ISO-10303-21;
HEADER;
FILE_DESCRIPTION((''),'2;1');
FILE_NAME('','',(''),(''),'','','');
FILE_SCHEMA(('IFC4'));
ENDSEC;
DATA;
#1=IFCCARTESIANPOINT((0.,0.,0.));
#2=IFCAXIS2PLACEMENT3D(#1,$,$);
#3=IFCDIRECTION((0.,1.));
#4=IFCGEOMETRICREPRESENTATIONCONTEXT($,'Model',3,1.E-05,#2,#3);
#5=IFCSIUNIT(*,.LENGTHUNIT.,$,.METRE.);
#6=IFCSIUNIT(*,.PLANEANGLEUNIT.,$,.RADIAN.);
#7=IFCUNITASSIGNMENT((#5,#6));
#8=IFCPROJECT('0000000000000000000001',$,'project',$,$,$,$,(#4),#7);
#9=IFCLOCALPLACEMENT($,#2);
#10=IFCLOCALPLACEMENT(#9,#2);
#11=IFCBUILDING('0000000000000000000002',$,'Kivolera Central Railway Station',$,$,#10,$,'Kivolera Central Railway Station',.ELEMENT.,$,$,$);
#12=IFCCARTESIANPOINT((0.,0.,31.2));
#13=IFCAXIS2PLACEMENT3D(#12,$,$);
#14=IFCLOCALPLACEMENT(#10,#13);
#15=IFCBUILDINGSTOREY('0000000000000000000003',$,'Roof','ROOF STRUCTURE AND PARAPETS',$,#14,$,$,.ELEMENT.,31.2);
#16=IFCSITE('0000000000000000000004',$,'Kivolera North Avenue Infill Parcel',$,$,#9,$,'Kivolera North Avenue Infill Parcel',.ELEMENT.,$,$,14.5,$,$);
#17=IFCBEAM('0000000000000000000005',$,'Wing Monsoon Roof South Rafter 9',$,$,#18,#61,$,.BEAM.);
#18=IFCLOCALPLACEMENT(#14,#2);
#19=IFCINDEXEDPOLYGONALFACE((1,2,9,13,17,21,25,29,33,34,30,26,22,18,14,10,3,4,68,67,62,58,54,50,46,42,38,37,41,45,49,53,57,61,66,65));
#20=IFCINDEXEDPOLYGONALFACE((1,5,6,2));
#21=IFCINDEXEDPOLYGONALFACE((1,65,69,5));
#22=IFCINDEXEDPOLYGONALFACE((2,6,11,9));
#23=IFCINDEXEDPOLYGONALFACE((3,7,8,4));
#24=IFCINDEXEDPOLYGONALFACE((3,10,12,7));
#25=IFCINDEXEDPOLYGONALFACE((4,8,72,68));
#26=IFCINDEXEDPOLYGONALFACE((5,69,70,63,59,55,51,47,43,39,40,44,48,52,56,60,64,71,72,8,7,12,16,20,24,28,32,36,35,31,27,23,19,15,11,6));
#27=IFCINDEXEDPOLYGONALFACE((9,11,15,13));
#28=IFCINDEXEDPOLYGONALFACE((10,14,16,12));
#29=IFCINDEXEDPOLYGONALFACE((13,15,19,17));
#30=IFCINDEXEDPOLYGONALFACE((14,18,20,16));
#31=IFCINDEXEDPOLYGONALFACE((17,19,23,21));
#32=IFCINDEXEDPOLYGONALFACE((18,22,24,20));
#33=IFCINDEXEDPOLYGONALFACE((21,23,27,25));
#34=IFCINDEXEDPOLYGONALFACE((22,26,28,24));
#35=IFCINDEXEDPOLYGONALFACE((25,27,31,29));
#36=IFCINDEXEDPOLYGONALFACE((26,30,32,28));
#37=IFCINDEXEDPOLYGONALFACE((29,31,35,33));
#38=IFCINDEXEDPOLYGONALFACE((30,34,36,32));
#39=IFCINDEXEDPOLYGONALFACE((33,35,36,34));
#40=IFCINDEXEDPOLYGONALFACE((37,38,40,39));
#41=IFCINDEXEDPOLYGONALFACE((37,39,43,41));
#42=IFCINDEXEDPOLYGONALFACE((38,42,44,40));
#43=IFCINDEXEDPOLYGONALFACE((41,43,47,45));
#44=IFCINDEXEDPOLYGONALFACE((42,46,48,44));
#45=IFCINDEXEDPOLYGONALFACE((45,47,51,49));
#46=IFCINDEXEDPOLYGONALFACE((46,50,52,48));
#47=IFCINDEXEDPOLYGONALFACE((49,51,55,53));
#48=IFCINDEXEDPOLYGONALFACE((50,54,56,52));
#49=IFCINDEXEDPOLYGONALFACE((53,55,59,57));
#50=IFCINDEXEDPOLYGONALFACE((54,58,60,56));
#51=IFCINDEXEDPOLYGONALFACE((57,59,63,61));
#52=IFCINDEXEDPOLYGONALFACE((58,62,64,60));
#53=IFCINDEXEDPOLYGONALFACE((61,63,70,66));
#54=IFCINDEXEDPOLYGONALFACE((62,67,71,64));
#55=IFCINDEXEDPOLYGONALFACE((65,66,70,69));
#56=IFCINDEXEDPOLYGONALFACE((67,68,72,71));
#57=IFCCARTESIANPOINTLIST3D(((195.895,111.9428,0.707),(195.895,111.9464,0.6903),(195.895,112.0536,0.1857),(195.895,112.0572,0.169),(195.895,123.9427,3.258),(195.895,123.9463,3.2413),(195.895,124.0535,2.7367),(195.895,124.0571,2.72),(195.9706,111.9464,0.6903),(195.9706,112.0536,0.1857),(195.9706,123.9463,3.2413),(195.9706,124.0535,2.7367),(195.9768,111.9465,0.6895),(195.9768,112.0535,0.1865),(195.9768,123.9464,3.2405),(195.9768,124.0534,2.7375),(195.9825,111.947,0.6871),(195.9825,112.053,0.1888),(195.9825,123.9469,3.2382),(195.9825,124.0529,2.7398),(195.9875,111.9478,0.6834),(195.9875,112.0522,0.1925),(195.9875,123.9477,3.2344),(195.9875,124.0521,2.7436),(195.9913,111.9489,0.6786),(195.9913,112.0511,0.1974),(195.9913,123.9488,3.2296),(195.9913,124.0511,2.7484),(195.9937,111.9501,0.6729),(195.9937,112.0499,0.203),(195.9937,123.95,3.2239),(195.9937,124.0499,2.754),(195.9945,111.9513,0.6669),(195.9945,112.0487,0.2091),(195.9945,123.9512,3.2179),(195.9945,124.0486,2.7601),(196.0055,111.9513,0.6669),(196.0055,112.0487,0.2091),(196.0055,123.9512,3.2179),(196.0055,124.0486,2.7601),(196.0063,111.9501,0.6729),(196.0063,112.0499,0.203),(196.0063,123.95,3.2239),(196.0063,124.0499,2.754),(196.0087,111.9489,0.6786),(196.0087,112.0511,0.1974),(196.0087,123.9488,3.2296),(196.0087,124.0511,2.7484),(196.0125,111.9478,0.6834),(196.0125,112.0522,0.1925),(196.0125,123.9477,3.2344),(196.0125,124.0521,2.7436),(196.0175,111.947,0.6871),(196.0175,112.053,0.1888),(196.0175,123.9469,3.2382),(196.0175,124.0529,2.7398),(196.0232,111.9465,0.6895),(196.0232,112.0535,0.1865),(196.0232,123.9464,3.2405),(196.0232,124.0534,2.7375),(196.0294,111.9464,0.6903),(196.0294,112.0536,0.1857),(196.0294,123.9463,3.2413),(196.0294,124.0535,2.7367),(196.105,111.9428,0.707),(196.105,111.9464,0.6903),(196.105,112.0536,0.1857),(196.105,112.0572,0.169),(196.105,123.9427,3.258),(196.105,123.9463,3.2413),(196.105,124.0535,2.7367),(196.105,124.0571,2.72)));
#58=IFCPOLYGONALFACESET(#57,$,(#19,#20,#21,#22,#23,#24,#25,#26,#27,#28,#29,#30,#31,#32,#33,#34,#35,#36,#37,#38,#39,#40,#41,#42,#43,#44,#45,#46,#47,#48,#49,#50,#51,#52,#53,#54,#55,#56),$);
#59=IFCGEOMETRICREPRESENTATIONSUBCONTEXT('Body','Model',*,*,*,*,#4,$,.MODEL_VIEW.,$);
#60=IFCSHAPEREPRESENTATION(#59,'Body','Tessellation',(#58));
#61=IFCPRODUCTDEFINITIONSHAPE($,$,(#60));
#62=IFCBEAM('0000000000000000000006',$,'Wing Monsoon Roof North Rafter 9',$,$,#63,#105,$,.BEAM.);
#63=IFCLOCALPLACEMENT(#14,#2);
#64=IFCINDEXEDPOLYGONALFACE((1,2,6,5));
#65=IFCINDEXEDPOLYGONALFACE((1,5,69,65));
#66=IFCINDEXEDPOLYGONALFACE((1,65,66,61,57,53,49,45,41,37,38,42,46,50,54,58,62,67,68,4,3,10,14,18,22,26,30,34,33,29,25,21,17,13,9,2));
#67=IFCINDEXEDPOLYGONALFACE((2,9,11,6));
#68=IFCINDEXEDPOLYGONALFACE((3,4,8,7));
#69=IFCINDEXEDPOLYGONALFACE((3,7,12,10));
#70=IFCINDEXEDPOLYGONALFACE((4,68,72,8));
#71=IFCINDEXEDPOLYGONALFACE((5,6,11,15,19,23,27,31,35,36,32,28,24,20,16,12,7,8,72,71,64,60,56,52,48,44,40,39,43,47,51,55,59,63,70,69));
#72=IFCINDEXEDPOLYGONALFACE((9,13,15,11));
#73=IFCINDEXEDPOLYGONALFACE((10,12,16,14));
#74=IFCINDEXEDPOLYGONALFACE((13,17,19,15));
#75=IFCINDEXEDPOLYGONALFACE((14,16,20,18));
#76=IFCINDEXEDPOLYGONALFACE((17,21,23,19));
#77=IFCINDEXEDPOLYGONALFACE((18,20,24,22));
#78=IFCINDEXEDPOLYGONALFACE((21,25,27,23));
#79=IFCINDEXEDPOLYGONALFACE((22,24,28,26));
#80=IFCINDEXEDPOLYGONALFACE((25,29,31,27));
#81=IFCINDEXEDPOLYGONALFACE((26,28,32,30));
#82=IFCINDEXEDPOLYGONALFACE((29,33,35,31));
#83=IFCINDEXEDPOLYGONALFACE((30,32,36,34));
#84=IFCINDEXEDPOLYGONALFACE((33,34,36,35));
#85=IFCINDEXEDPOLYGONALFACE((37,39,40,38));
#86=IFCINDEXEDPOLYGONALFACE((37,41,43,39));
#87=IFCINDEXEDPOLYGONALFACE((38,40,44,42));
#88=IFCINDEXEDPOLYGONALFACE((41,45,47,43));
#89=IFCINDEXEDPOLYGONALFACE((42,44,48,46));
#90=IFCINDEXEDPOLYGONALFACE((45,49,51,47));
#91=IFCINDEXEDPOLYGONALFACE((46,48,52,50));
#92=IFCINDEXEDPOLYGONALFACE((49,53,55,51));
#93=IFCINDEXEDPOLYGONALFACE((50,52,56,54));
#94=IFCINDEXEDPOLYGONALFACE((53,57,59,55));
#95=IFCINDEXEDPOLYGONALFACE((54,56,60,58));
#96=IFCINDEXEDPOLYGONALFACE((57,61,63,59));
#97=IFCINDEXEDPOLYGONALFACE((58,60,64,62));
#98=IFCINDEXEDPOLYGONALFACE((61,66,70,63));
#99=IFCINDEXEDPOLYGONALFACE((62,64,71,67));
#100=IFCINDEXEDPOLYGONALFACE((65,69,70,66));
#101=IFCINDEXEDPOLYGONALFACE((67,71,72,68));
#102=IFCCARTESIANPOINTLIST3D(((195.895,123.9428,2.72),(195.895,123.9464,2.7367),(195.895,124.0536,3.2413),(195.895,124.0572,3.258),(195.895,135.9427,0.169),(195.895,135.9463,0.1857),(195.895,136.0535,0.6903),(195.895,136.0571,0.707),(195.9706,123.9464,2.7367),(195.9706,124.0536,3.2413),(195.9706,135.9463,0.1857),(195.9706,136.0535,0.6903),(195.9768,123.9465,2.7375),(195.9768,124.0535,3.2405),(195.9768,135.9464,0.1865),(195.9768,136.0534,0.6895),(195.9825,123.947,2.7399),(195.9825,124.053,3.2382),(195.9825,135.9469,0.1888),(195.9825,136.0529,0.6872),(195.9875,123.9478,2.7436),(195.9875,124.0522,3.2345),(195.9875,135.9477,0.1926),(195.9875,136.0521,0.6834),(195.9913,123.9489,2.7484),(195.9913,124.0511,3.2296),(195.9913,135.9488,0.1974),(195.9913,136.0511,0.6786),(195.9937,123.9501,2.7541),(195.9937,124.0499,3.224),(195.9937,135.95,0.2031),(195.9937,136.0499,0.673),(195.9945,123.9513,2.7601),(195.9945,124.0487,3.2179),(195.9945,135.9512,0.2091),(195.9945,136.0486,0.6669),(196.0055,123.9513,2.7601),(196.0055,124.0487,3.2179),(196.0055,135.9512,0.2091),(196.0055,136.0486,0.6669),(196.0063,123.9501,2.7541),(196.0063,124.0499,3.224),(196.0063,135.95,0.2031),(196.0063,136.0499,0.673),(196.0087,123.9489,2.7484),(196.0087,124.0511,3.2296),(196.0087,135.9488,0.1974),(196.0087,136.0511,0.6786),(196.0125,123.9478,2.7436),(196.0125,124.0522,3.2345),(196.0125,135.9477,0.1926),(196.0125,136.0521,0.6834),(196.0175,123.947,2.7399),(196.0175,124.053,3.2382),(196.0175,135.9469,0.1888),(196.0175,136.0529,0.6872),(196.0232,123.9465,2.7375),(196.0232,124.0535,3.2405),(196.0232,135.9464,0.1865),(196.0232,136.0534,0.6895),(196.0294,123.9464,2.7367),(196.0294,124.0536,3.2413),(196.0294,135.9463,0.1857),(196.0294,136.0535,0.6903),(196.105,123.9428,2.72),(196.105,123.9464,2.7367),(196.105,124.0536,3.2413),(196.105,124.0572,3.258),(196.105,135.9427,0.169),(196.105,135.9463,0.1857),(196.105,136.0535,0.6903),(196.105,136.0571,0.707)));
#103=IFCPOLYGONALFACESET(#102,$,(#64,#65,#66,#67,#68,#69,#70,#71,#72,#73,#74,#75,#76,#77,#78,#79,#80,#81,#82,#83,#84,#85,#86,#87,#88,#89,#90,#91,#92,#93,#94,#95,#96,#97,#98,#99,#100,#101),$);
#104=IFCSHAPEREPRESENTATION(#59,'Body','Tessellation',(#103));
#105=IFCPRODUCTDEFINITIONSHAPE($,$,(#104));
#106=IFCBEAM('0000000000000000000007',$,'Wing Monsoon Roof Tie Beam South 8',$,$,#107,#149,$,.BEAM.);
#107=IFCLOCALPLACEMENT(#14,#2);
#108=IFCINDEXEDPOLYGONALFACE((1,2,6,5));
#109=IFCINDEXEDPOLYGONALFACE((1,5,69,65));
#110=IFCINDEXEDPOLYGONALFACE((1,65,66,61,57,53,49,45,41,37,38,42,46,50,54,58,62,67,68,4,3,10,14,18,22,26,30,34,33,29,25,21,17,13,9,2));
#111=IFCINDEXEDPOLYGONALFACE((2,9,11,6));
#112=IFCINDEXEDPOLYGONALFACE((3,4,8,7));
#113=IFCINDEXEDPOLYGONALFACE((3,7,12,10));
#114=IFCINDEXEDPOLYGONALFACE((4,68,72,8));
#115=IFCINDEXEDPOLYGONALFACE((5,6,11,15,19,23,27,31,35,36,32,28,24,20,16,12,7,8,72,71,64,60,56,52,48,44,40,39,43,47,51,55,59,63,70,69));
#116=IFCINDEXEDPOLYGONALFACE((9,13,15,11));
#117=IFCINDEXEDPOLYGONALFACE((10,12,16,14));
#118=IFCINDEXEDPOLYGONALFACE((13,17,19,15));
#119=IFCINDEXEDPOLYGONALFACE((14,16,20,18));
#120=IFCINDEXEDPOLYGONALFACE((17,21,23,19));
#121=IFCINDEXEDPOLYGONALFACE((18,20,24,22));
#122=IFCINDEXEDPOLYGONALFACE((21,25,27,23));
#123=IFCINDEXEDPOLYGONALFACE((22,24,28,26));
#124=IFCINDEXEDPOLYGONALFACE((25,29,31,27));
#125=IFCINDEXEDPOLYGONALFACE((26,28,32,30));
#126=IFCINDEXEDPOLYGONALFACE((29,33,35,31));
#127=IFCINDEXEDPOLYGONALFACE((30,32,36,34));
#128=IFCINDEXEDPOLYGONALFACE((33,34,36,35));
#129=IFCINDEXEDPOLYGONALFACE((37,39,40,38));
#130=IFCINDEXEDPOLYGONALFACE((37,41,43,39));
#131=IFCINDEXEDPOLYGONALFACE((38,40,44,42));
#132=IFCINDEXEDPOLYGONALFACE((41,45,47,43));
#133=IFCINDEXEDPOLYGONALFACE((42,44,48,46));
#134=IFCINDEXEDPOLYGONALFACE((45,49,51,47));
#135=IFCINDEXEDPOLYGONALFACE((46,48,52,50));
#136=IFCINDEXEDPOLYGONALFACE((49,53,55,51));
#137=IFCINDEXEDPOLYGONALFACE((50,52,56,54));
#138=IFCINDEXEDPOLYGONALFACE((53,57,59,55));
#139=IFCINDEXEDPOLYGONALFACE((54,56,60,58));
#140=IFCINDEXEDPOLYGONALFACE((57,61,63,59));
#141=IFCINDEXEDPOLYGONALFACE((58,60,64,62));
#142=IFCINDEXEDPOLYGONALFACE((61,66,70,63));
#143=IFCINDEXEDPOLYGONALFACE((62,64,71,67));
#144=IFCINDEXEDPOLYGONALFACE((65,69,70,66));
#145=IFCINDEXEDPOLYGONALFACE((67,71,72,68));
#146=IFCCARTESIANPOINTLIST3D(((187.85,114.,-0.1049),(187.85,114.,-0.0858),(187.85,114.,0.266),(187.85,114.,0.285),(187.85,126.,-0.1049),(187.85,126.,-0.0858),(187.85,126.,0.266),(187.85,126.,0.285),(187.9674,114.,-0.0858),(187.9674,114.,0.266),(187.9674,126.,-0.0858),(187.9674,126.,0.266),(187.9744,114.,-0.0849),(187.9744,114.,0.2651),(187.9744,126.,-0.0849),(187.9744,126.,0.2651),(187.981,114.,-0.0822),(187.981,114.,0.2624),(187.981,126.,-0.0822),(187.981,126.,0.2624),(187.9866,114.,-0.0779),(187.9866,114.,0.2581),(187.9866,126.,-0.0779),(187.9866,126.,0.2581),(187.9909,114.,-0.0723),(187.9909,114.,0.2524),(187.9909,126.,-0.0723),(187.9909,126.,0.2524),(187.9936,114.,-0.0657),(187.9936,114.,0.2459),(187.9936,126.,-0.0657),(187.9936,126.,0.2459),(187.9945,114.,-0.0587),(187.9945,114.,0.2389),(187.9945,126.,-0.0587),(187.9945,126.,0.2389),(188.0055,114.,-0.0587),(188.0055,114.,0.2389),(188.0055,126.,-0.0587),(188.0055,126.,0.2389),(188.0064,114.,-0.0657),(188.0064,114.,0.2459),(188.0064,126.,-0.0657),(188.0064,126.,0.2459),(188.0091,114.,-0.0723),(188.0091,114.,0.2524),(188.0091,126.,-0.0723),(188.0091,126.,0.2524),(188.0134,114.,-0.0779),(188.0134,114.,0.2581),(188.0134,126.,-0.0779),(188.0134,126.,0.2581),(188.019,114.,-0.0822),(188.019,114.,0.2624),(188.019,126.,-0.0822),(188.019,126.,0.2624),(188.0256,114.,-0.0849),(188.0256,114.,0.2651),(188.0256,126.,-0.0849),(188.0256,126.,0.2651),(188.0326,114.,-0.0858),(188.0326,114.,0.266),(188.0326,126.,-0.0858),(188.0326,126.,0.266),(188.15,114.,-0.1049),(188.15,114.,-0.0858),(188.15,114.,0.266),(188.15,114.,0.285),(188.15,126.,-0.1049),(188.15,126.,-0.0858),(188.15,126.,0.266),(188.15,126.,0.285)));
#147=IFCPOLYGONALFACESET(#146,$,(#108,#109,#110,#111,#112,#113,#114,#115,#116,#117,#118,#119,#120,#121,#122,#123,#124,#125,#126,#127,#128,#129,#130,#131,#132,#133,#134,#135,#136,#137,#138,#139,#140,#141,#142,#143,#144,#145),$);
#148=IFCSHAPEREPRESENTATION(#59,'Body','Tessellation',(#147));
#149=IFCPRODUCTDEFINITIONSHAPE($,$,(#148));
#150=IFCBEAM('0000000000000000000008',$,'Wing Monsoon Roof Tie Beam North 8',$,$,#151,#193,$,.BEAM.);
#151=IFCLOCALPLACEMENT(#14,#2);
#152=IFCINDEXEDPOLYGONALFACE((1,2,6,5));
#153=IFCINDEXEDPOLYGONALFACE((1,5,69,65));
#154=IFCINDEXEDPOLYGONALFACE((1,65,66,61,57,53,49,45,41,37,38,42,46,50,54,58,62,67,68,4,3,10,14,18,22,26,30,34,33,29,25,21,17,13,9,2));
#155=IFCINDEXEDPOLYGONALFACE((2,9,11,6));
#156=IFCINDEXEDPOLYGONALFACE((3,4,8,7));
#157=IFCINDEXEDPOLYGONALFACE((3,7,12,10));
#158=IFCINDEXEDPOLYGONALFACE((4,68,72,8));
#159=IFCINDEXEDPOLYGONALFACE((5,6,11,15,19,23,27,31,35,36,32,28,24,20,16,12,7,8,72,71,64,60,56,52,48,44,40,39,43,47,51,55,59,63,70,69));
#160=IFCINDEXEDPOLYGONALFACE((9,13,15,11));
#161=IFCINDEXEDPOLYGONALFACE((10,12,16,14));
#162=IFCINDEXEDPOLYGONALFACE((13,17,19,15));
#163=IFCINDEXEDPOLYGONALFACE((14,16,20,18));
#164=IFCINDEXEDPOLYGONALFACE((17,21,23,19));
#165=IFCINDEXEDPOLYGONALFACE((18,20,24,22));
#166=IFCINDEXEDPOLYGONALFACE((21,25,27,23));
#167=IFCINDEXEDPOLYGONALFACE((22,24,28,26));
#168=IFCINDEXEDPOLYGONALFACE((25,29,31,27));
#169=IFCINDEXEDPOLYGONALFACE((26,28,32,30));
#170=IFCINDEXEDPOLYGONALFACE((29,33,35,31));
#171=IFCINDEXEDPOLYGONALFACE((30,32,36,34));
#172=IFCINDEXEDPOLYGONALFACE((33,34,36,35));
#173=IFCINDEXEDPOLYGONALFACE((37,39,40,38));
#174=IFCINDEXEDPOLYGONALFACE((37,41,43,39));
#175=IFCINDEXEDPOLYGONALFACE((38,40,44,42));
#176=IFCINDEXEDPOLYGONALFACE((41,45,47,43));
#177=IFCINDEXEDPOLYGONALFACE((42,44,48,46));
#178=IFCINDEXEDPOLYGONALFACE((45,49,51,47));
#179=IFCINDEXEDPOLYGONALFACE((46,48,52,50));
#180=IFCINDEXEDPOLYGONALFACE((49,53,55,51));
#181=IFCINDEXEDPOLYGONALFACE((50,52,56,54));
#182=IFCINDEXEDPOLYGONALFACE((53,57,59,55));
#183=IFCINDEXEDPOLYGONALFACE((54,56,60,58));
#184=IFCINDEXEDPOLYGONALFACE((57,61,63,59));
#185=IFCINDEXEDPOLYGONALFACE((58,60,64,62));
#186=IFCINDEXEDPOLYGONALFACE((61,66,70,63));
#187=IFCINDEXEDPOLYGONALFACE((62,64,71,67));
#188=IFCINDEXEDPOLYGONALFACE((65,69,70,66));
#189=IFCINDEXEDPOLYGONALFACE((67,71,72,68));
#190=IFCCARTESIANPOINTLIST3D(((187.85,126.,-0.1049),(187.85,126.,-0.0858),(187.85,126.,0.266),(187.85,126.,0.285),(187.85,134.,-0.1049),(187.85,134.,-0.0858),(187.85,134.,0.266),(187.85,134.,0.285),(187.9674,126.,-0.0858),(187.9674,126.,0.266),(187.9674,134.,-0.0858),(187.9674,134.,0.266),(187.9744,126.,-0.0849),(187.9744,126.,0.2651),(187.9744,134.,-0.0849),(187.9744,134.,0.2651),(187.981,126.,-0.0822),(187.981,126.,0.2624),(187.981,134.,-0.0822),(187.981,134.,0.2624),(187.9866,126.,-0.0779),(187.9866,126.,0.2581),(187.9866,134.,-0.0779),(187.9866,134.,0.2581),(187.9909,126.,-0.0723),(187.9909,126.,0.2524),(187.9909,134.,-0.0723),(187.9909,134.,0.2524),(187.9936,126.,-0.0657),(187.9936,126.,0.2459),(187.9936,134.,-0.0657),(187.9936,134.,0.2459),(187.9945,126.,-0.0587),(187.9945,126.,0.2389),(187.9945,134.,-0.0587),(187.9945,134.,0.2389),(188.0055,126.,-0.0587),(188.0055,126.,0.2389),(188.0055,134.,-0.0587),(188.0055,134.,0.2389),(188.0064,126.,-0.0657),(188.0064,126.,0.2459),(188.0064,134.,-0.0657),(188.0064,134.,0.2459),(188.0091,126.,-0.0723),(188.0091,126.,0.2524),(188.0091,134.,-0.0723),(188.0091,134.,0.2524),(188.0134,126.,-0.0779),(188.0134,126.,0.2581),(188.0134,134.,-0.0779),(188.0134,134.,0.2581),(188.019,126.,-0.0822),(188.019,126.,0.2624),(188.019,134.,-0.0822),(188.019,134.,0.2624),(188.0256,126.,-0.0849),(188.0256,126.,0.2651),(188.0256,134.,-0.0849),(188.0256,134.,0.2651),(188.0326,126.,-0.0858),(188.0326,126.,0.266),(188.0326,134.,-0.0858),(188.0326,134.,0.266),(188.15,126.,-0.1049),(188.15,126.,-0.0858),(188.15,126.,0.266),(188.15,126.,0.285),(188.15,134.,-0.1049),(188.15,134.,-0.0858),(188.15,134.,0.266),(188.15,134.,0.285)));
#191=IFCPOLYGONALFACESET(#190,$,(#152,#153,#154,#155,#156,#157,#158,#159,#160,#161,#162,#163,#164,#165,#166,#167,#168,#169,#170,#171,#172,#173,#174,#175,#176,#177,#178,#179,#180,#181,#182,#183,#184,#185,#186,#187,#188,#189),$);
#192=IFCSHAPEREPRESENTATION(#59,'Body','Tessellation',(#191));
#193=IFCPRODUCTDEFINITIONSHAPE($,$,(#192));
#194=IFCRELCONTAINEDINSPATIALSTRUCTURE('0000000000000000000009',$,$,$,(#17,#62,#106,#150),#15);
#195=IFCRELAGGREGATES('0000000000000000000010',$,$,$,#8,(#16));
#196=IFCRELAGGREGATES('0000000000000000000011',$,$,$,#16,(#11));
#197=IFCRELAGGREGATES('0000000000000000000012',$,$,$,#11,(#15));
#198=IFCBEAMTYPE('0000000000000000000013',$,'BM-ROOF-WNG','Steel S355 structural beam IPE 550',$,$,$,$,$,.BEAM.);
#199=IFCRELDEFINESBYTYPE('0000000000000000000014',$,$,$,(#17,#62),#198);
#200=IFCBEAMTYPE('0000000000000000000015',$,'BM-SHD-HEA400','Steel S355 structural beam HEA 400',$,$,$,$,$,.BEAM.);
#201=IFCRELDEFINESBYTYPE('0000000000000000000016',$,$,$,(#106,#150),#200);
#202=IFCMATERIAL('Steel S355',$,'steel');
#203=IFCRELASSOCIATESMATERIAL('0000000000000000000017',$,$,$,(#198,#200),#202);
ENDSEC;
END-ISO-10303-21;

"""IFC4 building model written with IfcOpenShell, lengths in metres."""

from ifc_helpers import new_model, si_unit, direction, frame, origin, origin_2d, place, context, subcontext, project, spatial, i_section, extrude, material, material_profile, profile_set, type_object, element, save


model = new_model("IFC4")

# Units and contexts
model_context = context("Model", 3, precision=1e-05, world=origin(), true_north=direction((0.0, 1.0)))
body_context = subcontext(model_context, "Body", "Model", "MODEL_VIEW")
ifc_project = project(units=[si_unit("LENGTHUNIT", "METRE"), si_unit("PLANEANGLEUNIT", "RADIAN")], contexts=[model_context])

# Site, building, storey
site_placement = place(None, origin())
site = spatial("IfcSite", under=ifc_project, at=site_placement, Name="Kivolera North Avenue Infill Parcel", LongName="Kivolera North Avenue Infill Parcel", CompositionType="ELEMENT", RefElevation=14.5)
building_placement = place(site_placement, origin())
building = spatial("IfcBuilding", under=site, at=building_placement, Name="Kivolera Central Railway Station", LongName="Kivolera Central Railway Station", CompositionType="ELEMENT")
storey_placement = place(building_placement, frame((0.0, 0.0, 31.2)))
storey = spatial("IfcBuildingStorey", under=building, at=storey_placement, Name="Roof", Description="ROOF STRUCTURE AND PARAPETS", CompositionType="ELEMENT", Elevation=31.2)

# Beams
ifc_material_1 = material(Name="Steel S355", Category="steel")
ifc_material_profile_1 = material_profile(ifc_material_1, i_section(OverallWidth=0.21, OverallDepth=0.55, WebThickness=0.011, FlangeThickness=0.0171, FilletRadius=0.0239, at=origin_2d()), Name="IPE 550")
ifc_profile_set_1 = profile_set([ifc_material_profile_1], Name="Steel S355")
beam_type_1 = type_object("IfcBeamType", Name="BM-ROOF-WNG", Description="Steel S355 structural beam IPE 550", PredefinedType="BEAM", material=ifc_profile_set_1)
for number, where, z_axis, x_axis, name in (
    (1, (196.0, 112.0, 0.438), (0.0, 0.978142, 0.207939), (-1.0, 0.0, 0.0), "Wing Monsoon Roof South Rafter 9"),
    (2, (196.0, 124.0, 2.989), (0.0, 0.978142, -0.207939), (-1.0, 0.0, 0.0), "Wing Monsoon Roof North Rafter 9"),
):
    element("IfcBeam", number, at=place(storey_placement, frame(where, z_axis=z_axis, x_axis=x_axis)), inside=storey, type_object=beam_type_1, Name=name, PredefinedType="BEAM", context=body_context, shape_type="SweptSolid", body=[
        extrude(i_section(OverallWidth=0.21, OverallDepth=0.55, WebThickness=0.011, FlangeThickness=0.0171, FilletRadius=0.0239, at=origin_2d()), origin(), (0.0, 0.0, 1.0), 12.2681),
    ])
ifc_material_profile_2 = material_profile(ifc_material_1, i_section(OverallWidth=0.3, OverallDepth=0.3899, WebThickness=0.011, FlangeThickness=0.019, FilletRadius=0.0271, at=origin_2d()), Name="HEA 400")
ifc_profile_set_2 = profile_set([ifc_material_profile_2], Name="Steel S355")
beam_type_2 = type_object("IfcBeamType", Name="BM-SHD-HEA400", Description="Steel S355 structural beam HEA 400", PredefinedType="BEAM", material=ifc_profile_set_2)
beam_1_placement = place(storey_placement, frame((188.0, 114.0, 0.0901), z_axis=(0.0, 1.0, 0.0), x_axis=(-1.0, 0.0, 0.0)))
element("IfcBeam", 3, at=beam_1_placement, inside=storey, type_object=beam_type_2, Name="Wing Monsoon Roof Tie Beam South 8", PredefinedType="BEAM", context=body_context, shape_type="SweptSolid", body=[
    extrude(i_section(OverallWidth=0.3, OverallDepth=0.3899, WebThickness=0.011, FlangeThickness=0.019, FilletRadius=0.0271, at=origin_2d()), origin(), (0.0, 0.0, 1.0), 12.0),
])
beam_2_placement = place(storey_placement, frame((188.0, 126.0, 0.0901), z_axis=(0.0, 1.0, 0.0), x_axis=(-1.0, 0.0, 0.0)))
element("IfcBeam", 4, at=beam_2_placement, inside=storey, type_object=beam_type_2, Name="Wing Monsoon Roof Tie Beam North 8", PredefinedType="BEAM", context=body_context, shape_type="SweptSolid", body=[
    extrude(i_section(OverallWidth=0.3, OverallDepth=0.3899, WebThickness=0.011, FlangeThickness=0.019, FilletRadius=0.0271, at=origin_2d()), origin(), (0.0, 0.0, 1.0), 8.0),
])

save(model, "model.ifc")
